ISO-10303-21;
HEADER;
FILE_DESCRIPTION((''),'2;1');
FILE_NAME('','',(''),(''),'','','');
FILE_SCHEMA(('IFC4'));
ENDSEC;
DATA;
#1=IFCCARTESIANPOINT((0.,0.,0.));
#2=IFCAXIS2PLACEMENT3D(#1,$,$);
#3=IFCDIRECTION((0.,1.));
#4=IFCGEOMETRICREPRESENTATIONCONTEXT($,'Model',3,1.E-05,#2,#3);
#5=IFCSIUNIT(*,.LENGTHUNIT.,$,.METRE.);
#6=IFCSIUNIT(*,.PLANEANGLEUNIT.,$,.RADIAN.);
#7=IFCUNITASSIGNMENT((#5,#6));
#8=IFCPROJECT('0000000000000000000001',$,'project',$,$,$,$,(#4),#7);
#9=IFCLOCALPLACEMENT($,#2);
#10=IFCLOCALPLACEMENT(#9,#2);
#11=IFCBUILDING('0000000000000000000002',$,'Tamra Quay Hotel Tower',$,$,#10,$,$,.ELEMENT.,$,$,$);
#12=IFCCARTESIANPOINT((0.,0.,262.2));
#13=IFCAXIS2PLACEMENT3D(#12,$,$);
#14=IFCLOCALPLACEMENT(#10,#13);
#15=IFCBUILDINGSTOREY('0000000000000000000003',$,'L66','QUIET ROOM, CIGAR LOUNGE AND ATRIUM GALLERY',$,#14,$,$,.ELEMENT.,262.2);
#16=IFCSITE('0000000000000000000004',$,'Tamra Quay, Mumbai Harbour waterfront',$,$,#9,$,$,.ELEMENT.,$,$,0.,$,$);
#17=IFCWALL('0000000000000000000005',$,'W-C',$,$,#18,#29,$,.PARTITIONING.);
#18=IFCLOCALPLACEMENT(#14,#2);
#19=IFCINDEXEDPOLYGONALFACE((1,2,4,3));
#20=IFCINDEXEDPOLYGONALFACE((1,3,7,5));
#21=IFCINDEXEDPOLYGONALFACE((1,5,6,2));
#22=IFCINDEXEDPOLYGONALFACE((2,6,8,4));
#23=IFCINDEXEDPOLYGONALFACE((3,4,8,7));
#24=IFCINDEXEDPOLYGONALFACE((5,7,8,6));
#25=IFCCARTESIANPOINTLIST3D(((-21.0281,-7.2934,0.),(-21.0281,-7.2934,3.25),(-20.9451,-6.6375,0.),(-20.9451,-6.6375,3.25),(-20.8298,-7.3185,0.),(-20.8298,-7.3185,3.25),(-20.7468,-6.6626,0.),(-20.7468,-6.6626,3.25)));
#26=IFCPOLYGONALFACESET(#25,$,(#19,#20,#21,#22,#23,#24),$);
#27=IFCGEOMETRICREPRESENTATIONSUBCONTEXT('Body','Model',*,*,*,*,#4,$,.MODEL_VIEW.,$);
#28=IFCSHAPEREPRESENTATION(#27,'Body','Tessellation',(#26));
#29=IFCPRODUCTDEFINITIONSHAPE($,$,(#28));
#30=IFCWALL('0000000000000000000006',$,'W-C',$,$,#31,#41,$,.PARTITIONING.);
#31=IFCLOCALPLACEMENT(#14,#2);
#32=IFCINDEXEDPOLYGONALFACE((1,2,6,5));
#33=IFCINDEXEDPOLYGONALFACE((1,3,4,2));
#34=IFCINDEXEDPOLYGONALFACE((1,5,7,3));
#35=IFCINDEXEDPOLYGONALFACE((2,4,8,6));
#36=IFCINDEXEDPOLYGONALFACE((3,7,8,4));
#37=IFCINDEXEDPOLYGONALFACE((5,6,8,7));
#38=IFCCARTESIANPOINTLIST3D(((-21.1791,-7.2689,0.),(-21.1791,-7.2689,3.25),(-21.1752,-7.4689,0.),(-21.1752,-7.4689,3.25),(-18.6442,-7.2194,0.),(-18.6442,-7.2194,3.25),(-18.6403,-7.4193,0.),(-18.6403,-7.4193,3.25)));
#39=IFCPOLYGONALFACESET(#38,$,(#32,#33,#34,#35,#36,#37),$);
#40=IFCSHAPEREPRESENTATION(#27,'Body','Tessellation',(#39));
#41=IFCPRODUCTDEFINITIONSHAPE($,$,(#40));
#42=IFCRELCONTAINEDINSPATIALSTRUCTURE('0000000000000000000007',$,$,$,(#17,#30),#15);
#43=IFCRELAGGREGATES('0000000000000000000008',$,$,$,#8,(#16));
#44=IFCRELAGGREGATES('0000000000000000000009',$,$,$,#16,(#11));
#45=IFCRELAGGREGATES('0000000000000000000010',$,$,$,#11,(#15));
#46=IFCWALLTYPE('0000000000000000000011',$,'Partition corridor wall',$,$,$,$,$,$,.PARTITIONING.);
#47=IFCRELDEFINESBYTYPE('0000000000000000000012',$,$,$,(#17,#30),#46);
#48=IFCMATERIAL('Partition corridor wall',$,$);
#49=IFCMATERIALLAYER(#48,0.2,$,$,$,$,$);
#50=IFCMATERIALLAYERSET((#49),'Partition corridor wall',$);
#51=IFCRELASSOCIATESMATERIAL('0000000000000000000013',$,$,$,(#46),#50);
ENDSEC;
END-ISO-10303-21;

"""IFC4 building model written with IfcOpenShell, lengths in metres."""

from ifc_helpers import new_model, si_unit, direction, frame, frame_2d, origin, place, context, subcontext, project, spatial, rectangle, extrude, material, layer, layer_set, type_object, element, save


model = new_model("IFC4")

# Units and contexts
model_context = context("Model", 3, precision=1e-05, world=origin(), true_north=direction((0.0, 1.0)))
body_context = subcontext(model_context, "Body", "Model", "MODEL_VIEW")
ifc_project = project(units=[si_unit("LENGTHUNIT", "METRE"), si_unit("PLANEANGLEUNIT", "RADIAN")], contexts=[model_context])

# Site, building, storey
site_placement = place(None, origin())
site = spatial("IfcSite", under=ifc_project, at=site_placement, Name="Tamra Quay, Mumbai Harbour waterfront", CompositionType="ELEMENT", RefElevation=0.0)
building_placement = place(site_placement, origin())
building = spatial("IfcBuilding", under=site, at=building_placement, Name="Tamra Quay Hotel Tower", CompositionType="ELEMENT")
storey_placement = place(building_placement, frame((0.0, 0.0, 262.2)))
storey = spatial("IfcBuildingStorey", under=building, at=storey_placement, Name="L66", Description="QUIET ROOM, CIGAR LOUNGE AND ATRIUM GALLERY", CompositionType="ELEMENT", Elevation=262.2)

# Walls
ifc_material_1 = material(Name="Partition corridor wall")
ifc_layer_1 = layer(ifc_material_1, 0.2)
ifc_layer_set_1 = layer_set([ifc_layer_1], Name="Partition corridor wall")
wall_type_1 = type_object("IfcWallType", Name="Partition corridor wall", PredefinedType="PARTITIONING", material=ifc_layer_set_1)
wall_1_placement = place(storey_placement, frame((-20.929, -7.3059, 0.0), z_axis=(0.0, 0.0, 1.0), x_axis=(0.125534, 0.992089, 0.0)))
element("IfcWall", 1, at=wall_1_placement, inside=storey, type_object=wall_type_1, Name="W-C", PredefinedType="PARTITIONING", context=body_context, shape_type="SweptSolid", body=[
    extrude(rectangle(XDim=0.6611, YDim=0.2, at=frame_2d((0.3306, 0.0))), origin(), (0.0, 0.0, 1.0), 3.25),
])
wall_2_placement = place(storey_placement, frame((-21.177, -7.3689, 0.0), z_axis=(0.0, 0.0, 1.0), x_axis=(0.999809, 0.019547, 0.0)))
element("IfcWall", 2, at=wall_2_placement, inside=storey, type_object=wall_type_1, Name="W-C", PredefinedType="PARTITIONING", context=body_context, shape_type="SweptSolid", body=[
    extrude(rectangle(XDim=2.5354, YDim=0.2, at=frame_2d((1.2676, 0.0))), origin(), (0.0, 0.0, 1.0), 3.25),
])

save(model, "model.ifc")
